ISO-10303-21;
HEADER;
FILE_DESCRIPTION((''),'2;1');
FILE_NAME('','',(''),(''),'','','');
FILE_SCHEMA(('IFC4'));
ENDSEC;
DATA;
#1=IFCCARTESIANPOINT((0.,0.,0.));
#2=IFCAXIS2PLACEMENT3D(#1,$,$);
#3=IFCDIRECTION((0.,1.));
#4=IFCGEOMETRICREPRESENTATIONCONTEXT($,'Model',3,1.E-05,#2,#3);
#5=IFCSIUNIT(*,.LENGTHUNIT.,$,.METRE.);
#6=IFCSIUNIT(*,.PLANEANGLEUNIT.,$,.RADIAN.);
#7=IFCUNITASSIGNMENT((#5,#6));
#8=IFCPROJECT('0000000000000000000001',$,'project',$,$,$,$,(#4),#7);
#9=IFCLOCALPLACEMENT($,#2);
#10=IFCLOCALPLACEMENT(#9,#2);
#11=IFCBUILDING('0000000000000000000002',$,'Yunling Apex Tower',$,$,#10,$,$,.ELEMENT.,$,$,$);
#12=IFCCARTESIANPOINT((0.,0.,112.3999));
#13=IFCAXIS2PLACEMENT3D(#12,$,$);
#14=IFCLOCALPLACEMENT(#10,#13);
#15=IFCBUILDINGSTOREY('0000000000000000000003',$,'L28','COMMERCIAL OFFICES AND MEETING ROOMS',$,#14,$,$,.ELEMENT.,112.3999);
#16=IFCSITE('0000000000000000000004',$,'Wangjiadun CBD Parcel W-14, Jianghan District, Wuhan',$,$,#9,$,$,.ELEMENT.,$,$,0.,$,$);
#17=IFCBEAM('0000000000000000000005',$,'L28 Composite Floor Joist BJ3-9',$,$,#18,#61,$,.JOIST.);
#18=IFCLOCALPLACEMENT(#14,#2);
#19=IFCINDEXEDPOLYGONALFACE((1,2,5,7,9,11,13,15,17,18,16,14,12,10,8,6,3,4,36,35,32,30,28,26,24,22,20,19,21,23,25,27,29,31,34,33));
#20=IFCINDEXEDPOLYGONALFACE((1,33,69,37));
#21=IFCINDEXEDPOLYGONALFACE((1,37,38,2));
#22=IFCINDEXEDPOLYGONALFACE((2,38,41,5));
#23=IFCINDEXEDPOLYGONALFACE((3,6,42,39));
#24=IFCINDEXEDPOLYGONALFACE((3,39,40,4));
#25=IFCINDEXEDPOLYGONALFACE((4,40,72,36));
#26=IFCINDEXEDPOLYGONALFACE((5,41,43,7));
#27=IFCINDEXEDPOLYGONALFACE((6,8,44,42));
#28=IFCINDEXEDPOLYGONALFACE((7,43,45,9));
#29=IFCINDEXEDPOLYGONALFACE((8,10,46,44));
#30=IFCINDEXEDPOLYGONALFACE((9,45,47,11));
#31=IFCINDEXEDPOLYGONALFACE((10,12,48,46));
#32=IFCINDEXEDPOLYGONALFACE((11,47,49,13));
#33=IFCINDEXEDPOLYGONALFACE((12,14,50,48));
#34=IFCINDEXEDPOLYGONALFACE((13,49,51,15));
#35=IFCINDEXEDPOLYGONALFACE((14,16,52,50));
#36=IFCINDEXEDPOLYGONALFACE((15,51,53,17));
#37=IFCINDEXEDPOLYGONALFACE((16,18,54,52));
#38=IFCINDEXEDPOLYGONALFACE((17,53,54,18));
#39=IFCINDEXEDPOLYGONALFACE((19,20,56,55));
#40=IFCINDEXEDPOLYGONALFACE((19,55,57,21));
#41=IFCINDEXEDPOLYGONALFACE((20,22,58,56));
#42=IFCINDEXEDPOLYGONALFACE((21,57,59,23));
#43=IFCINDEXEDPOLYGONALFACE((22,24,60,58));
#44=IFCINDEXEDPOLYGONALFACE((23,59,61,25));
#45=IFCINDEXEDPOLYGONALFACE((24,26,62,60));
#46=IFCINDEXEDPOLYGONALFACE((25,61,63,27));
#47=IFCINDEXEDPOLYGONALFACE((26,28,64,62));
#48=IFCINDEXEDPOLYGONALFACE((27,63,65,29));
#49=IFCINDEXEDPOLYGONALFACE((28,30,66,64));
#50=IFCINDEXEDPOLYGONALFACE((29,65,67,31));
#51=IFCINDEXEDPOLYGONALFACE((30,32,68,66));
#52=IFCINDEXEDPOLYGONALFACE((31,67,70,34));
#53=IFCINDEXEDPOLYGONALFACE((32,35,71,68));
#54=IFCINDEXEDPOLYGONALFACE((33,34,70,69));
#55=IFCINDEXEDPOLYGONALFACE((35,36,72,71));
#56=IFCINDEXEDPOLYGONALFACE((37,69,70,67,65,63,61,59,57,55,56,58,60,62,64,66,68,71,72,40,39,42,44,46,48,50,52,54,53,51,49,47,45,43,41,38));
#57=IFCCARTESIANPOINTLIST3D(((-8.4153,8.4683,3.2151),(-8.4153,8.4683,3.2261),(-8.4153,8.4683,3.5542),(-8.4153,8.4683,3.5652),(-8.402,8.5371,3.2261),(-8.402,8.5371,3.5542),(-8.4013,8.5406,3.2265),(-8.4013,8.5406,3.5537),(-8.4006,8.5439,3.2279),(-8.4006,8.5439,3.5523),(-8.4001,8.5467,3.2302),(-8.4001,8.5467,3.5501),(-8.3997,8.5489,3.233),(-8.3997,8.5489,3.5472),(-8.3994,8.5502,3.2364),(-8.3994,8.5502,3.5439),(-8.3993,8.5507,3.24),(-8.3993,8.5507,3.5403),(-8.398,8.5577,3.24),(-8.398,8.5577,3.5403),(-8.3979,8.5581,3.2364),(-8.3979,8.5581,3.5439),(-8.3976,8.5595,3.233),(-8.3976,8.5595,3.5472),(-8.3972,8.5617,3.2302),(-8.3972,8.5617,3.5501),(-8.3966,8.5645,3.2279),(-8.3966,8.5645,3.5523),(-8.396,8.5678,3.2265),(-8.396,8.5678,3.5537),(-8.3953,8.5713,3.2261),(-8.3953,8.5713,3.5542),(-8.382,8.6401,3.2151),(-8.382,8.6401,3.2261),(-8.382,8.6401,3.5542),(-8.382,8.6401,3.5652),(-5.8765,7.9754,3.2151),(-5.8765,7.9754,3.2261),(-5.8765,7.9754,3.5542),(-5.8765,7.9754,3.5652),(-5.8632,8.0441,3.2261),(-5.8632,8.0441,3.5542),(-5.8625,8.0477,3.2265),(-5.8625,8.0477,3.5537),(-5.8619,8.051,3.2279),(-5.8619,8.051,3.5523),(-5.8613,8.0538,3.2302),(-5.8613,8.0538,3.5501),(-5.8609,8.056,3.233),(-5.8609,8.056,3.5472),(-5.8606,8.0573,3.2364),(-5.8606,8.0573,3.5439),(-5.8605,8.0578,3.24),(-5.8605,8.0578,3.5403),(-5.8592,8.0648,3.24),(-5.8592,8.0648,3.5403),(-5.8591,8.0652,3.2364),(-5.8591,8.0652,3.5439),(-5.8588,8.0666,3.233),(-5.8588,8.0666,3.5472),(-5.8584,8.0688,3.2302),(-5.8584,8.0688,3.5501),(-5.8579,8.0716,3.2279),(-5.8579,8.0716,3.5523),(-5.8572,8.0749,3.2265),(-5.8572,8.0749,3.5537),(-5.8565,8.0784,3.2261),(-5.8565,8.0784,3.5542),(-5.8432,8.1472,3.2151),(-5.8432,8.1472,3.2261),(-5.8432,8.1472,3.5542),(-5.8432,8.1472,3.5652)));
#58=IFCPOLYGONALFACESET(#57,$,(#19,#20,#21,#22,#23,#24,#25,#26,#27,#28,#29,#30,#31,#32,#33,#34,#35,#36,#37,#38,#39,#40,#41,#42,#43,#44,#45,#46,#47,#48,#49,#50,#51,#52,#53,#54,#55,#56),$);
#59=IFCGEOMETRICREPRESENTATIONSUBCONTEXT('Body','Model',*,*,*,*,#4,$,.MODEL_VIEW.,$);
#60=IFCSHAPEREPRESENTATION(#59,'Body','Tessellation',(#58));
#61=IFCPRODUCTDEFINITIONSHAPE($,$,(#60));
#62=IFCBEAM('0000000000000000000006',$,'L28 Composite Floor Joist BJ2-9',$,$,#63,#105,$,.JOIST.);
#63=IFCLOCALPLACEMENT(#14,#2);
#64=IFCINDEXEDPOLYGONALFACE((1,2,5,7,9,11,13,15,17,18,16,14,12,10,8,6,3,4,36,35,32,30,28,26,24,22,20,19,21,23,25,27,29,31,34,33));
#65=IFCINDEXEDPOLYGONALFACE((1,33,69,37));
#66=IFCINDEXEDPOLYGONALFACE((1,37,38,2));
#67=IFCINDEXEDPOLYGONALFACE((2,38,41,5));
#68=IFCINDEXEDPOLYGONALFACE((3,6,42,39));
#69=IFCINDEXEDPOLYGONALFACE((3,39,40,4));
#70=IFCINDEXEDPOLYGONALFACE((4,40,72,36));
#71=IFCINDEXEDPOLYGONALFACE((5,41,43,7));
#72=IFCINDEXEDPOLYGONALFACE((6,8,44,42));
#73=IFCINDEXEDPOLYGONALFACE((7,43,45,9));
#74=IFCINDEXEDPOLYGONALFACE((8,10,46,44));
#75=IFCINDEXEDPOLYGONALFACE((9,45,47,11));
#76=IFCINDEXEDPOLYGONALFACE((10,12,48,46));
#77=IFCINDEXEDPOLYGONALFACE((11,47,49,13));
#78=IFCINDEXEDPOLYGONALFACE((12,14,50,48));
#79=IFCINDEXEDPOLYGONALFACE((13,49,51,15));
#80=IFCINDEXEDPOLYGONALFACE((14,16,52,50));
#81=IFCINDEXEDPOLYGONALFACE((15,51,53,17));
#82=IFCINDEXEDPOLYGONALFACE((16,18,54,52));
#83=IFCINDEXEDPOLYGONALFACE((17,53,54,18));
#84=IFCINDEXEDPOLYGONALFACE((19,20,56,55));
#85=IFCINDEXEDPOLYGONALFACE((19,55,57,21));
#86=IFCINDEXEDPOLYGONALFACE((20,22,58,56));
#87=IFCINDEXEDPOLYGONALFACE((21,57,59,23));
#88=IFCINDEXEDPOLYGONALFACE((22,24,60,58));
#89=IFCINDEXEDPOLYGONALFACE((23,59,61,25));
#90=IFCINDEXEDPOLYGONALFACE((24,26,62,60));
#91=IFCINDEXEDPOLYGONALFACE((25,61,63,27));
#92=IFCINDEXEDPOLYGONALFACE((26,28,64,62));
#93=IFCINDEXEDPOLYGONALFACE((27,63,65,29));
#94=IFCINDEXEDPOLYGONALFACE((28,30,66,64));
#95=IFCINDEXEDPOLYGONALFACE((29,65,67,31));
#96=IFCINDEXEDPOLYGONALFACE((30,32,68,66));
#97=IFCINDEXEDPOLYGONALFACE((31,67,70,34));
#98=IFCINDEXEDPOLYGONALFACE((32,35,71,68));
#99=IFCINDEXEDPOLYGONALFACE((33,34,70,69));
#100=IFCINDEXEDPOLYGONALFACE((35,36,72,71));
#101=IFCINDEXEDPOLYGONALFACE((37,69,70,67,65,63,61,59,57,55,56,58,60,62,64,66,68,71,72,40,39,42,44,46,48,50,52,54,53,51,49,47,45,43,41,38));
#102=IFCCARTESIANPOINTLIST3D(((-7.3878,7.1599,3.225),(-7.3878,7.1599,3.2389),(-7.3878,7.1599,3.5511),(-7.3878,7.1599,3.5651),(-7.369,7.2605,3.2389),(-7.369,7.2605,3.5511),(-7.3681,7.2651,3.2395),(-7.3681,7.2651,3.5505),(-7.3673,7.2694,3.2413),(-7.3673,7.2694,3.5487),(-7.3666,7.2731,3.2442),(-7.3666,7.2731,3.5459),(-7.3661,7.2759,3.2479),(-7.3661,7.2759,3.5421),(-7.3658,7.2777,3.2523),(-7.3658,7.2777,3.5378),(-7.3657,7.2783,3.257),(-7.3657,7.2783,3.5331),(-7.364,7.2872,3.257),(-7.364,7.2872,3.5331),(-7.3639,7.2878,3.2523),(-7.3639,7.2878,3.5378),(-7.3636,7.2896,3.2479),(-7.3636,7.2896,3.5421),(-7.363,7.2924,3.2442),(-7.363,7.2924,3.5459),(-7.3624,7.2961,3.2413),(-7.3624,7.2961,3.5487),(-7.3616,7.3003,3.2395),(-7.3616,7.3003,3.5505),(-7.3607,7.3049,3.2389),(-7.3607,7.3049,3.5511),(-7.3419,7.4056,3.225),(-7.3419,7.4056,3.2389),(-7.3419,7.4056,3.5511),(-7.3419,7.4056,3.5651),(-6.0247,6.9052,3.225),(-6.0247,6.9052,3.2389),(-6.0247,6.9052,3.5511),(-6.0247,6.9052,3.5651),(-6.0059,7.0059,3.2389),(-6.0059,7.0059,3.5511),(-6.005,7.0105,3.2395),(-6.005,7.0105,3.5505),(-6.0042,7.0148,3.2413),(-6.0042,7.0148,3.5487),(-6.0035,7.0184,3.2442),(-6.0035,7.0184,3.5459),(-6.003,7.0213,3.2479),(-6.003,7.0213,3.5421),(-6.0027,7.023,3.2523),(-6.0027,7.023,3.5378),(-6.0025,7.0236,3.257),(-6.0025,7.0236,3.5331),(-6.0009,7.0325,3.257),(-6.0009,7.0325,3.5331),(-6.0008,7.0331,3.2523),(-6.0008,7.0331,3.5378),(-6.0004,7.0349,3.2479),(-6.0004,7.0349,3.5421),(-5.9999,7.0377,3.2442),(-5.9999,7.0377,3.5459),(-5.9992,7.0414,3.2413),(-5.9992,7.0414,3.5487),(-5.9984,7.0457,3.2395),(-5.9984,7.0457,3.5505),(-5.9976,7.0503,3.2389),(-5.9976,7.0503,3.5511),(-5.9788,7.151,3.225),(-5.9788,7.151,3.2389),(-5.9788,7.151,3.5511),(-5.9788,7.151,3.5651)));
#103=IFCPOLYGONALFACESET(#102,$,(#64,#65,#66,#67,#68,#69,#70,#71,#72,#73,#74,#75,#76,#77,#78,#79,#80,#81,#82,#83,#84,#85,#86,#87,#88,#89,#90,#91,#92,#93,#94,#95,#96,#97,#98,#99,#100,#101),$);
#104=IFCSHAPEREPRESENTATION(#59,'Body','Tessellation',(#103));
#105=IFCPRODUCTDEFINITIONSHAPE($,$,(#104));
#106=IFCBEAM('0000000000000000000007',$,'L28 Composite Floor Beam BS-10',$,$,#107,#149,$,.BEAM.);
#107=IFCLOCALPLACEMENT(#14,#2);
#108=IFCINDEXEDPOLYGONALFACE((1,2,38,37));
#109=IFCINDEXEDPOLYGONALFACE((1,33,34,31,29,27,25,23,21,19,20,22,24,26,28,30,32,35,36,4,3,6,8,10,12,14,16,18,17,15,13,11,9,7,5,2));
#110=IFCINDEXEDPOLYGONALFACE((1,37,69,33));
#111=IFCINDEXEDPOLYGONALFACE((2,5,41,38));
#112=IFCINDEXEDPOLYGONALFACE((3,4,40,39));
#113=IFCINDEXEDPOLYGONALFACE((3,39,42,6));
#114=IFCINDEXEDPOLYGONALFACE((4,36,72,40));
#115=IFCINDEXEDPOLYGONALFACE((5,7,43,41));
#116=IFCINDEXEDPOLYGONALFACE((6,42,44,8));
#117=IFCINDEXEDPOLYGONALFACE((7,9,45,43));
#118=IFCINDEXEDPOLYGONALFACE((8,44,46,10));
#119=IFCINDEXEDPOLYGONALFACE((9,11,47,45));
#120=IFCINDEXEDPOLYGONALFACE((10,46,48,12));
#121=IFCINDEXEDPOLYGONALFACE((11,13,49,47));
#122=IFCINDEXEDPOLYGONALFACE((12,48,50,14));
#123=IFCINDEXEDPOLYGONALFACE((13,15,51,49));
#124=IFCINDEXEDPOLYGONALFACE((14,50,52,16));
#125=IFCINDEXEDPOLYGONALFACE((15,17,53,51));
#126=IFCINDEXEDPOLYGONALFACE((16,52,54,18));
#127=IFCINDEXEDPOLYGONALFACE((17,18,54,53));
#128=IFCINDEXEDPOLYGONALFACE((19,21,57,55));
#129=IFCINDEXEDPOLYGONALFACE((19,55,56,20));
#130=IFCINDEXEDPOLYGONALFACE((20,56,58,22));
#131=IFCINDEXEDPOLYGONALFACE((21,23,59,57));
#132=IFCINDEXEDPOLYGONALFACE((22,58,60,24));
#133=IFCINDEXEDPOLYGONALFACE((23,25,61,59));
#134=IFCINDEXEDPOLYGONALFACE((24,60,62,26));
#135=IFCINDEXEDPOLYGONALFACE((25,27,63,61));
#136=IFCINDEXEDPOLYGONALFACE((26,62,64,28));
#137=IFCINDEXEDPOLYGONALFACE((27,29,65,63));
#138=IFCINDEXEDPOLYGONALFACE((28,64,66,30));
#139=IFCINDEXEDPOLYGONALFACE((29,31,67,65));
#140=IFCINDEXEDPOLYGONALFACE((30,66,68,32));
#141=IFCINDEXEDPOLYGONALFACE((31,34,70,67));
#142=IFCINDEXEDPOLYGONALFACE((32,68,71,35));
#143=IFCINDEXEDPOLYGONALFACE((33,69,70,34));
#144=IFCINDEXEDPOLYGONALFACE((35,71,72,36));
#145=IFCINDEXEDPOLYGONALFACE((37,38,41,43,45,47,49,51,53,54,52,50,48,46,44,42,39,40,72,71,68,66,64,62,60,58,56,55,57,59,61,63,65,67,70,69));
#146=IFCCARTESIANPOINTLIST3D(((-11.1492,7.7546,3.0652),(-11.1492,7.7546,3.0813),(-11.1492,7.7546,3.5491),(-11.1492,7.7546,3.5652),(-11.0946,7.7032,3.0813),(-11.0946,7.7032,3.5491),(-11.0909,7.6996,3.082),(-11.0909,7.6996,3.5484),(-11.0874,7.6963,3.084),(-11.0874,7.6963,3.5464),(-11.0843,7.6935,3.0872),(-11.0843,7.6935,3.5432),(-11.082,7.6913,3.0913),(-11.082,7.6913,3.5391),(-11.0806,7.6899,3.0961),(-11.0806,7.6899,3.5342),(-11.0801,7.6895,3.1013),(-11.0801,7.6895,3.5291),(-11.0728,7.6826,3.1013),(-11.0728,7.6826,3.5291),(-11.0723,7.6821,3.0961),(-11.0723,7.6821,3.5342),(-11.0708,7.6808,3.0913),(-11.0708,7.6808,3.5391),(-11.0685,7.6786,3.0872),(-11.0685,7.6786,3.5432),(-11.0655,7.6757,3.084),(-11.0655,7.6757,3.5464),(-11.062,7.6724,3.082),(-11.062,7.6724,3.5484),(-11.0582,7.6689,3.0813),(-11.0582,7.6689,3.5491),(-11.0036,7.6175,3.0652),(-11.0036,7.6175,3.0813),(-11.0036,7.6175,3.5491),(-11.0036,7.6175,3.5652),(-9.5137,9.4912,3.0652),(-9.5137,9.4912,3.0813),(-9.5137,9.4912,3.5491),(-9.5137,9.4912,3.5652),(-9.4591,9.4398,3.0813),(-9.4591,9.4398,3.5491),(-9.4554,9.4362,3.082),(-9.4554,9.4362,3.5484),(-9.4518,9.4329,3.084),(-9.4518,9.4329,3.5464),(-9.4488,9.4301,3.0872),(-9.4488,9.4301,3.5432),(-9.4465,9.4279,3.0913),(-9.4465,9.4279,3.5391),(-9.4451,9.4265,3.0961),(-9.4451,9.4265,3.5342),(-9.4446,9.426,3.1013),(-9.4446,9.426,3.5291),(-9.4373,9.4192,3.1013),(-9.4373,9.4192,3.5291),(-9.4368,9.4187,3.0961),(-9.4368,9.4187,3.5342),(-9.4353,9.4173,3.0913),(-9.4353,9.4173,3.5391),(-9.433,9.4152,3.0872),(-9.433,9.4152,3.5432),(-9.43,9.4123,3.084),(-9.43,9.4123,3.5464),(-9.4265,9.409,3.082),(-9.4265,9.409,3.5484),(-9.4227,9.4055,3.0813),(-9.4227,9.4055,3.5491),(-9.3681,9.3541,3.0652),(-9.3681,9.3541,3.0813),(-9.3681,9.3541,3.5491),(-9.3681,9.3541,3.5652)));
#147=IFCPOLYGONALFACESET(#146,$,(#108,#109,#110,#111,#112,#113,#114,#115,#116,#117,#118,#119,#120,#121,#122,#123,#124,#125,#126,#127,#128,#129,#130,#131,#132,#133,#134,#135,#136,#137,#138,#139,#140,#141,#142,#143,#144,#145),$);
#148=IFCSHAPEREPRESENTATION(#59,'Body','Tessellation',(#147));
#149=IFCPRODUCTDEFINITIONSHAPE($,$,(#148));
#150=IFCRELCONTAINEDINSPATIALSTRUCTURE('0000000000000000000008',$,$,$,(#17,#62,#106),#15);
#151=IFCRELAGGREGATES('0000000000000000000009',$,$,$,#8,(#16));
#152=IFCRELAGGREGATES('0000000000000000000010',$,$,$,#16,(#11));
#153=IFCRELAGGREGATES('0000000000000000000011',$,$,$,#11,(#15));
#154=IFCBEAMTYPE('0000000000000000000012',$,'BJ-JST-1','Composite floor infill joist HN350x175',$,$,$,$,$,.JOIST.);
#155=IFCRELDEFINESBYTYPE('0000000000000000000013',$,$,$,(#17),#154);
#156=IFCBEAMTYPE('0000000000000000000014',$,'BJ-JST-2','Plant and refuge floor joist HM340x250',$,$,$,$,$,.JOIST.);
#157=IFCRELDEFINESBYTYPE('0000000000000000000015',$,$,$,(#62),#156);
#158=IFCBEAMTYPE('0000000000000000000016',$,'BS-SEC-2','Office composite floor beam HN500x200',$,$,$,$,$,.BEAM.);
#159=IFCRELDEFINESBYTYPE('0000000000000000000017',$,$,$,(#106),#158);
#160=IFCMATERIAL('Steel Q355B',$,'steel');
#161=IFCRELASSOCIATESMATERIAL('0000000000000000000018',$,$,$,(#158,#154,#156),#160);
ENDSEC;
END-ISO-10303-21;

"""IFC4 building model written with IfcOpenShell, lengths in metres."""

from ifc_helpers import new_model, si_unit, direction, frame, origin, origin_2d, place, context, subcontext, project, spatial, i_section, extrude, source, transform, mapped, material, material_profile, profile_set, type_object, element, save


model = new_model("IFC4")

# Units and contexts
model_context = context("Model", 3, precision=1e-05, world=origin(), true_north=direction((0.0, 1.0)))
body_context = subcontext(model_context, "Body", "Model", "MODEL_VIEW")
ifc_project = project(units=[si_unit("LENGTHUNIT", "METRE"), si_unit("PLANEANGLEUNIT", "RADIAN")], contexts=[model_context])

# Site, building, storey
site_placement = place(None, origin())
site = spatial("IfcSite", under=ifc_project, at=site_placement, Name="Wangjiadun CBD Parcel W-14, Jianghan District, Wuhan", CompositionType="ELEMENT", RefElevation=0.0)
building_placement = place(site_placement, origin())
building = spatial("IfcBuilding", under=site, at=building_placement, Name="Yunling Apex Tower", CompositionType="ELEMENT")
storey_placement = place(building_placement, frame((0.0, 0.0, 112.3999)))
storey = spatial("IfcBuildingStorey", under=building, at=storey_placement, Name="L28", Description="COMMERCIAL OFFICES AND MEETING ROOMS", CompositionType="ELEMENT", Elevation=112.3999)

# Beams
ifc_material_1 = material(Name="Steel Q355B", Category="steel")
ifc_material_profile_1 = material_profile(ifc_material_1, i_section(OverallWidth=0.2, OverallDepth=0.5, WebThickness=0.01, FlangeThickness=0.0161, FilletRadius=0.02, at=origin_2d()))
ifc_profile_set_1 = profile_set([ifc_material_profile_1], Name="Steel Q355B")
beam_type_1 = type_object("IfcBeamType", Name="BS-SEC-2", Description="Office composite floor beam HN500x200", PredefinedType="BEAM", material=ifc_profile_set_1)
ifc_material_profile_2 = material_profile(ifc_material_1, i_section(OverallWidth=0.175, OverallDepth=0.3501, WebThickness=0.0071, FlangeThickness=0.011, FilletRadius=0.0139, at=origin_2d()))
ifc_profile_set_2 = profile_set([ifc_material_profile_2], Name="Steel Q355B")
beam_type_2 = type_object("IfcBeamType", Name="BJ-JST-1", Description="Composite floor infill joist HN350x175", PredefinedType="JOIST", material=ifc_profile_set_2)
shared_shape_1 = source(origin(), body_context, "Body", "SweptSolid", [
    extrude(i_section(OverallWidth=0.175, OverallDepth=0.3501, WebThickness=0.0071, FlangeThickness=0.011, FilletRadius=0.0139, at=origin_2d()), origin(), (0.0, 0.0, 1.0), 2.5862),
])
beam_1_placement = place(storey_placement, frame((-5.8599, 8.0613, 3.3901), z_axis=(-0.981669, 0.190594, 0.0), x_axis=(-0.190594, -0.981669, 0.0)))
element("IfcBeam", 1, at=beam_1_placement, inside=storey, type_object=beam_type_2, Name="L28 Composite Floor Joist BJ3-9", PredefinedType="JOIST", context=body_context, shape_type="MappedRepresentation", body=[
    mapped(shared_shape_1, transform((0.0, 0.0, 0.0), scale=1.0)),
])
ifc_material_profile_3 = material_profile(ifc_material_1, i_section(OverallWidth=0.25, OverallDepth=0.3401, WebThickness=0.009, FlangeThickness=0.0139, FilletRadius=0.0181, at=origin_2d()))
ifc_profile_set_3 = profile_set([ifc_material_profile_3], Name="Steel Q355B")
beam_type_3 = type_object("IfcBeamType", Name="BJ-JST-2", Description="Plant and refuge floor joist HM340x250", PredefinedType="JOIST", material=ifc_profile_set_3)
shared_shape_2 = source(origin(), body_context, "Body", "SweptSolid", [
    extrude(i_section(OverallWidth=0.25, OverallDepth=0.3401, WebThickness=0.009, FlangeThickness=0.0139, FilletRadius=0.0181, at=origin_2d()), origin(), (0.0, 0.0, 1.0), 1.3867),
])
beam_2_placement = place(storey_placement, frame((-6.0017, 7.0281, 3.395), z_axis=(-0.982994, 0.18364, 0.0), x_axis=(-0.18364, -0.982994, 0.0)))
element("IfcBeam", 2, at=beam_2_placement, inside=storey, type_object=beam_type_3, Name="L28 Composite Floor Joist BJ2-9", PredefinedType="JOIST", context=body_context, shape_type="MappedRepresentation", body=[
    mapped(shared_shape_2, transform((0.0, 0.0, 0.0), scale=1.0)),
])
shared_shape_3 = source(origin(), body_context, "Body", "SweptSolid", [
    extrude(i_section(OverallWidth=0.2, OverallDepth=0.5, WebThickness=0.01, FlangeThickness=0.0161, FilletRadius=0.02, at=origin_2d()), origin(), (0.0, 0.0, 1.0), 2.3855),
])
beam_3_placement = place(storey_placement, frame((-9.4409, 9.4226, 3.3152), z_axis=(-0.685604, -0.727975, 0.0), x_axis=(0.727975, -0.685604, 0.0)))
element("IfcBeam", 3, at=beam_3_placement, inside=storey, type_object=beam_type_1, Name="L28 Composite Floor Beam BS-10", PredefinedType="BEAM", context=body_context, shape_type="MappedRepresentation", body=[
    mapped(shared_shape_3, transform((0.0, 0.0, 0.0), scale=1.0)),
])

save(model, "model.ifc")
